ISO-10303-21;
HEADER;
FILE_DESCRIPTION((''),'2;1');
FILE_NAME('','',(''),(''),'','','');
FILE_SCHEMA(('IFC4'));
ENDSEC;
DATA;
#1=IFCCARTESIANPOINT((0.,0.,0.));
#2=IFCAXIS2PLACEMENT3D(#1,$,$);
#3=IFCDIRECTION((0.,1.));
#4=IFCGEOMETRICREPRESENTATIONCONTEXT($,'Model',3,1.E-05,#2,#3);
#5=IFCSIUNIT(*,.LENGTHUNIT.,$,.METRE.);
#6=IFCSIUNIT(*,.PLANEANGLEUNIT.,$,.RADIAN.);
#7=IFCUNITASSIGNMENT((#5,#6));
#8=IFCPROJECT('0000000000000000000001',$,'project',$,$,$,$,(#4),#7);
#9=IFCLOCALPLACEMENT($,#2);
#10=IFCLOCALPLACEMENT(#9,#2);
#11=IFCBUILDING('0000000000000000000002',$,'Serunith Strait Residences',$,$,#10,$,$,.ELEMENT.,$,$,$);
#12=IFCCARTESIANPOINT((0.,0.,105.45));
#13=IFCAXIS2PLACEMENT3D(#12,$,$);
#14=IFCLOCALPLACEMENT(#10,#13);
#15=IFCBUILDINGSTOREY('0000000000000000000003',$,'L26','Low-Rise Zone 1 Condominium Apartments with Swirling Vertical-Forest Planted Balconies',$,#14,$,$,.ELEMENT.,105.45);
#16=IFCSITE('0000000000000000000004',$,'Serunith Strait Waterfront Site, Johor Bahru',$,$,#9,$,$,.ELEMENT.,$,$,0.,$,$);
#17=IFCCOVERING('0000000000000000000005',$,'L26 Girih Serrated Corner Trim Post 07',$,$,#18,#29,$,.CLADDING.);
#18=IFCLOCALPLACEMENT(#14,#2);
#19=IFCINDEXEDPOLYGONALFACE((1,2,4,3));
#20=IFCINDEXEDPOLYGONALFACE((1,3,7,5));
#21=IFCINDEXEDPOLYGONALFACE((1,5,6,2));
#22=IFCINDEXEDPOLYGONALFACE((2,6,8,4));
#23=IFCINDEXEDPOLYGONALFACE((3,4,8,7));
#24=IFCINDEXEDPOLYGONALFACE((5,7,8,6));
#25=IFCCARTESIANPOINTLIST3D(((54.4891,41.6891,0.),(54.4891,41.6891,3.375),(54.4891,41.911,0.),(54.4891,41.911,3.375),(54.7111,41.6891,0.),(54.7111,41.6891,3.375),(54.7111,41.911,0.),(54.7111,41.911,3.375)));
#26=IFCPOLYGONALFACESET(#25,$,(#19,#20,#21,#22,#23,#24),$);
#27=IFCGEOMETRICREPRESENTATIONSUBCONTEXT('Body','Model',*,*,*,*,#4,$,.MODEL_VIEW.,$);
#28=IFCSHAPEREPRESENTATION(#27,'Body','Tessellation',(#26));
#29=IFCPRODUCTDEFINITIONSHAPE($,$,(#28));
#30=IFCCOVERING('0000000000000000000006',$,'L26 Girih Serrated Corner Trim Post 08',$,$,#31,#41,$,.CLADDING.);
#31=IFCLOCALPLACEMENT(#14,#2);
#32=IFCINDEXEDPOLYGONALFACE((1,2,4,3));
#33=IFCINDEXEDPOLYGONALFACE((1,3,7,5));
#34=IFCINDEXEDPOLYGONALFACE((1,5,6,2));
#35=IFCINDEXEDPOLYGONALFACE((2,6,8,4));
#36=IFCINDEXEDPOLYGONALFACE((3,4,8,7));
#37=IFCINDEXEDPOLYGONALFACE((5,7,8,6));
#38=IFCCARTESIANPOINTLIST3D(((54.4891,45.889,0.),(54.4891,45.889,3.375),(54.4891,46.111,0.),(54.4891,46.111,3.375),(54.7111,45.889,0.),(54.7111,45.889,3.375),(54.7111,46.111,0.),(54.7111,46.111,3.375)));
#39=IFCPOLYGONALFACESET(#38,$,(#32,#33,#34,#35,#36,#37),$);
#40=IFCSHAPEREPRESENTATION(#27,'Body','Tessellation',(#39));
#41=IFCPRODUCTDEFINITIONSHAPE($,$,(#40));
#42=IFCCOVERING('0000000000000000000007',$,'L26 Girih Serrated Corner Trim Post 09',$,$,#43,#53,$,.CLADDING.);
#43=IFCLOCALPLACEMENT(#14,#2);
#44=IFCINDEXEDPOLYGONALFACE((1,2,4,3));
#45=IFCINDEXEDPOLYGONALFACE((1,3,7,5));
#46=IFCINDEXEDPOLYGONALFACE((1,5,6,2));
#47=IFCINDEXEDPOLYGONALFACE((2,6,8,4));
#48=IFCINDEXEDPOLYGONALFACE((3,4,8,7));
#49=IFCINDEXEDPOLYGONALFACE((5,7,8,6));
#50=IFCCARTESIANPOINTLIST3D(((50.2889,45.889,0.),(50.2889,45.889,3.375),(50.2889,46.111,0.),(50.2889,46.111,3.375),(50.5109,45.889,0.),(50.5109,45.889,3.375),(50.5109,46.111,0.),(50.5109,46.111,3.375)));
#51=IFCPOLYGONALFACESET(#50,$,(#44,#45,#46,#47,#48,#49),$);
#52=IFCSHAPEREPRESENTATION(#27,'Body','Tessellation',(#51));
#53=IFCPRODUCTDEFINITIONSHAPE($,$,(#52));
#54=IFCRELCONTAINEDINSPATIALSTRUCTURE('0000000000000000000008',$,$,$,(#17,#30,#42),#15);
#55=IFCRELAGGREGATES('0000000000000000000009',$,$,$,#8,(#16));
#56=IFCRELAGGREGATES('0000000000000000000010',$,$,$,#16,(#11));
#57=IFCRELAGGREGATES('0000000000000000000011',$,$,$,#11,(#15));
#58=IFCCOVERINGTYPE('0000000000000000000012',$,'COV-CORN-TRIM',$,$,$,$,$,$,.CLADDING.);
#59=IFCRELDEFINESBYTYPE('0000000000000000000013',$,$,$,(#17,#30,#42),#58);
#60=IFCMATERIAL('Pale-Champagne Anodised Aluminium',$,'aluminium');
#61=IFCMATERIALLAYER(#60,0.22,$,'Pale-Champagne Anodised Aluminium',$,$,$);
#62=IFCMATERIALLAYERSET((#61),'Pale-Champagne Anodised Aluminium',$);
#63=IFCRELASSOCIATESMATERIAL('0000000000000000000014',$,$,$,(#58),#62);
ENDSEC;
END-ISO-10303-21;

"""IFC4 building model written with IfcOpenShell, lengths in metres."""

from ifc_helpers import new_model, si_unit, direction, frame, origin, origin_2d, place, context, subcontext, project, spatial, rectangle, extrude, source, transform, mapped, material, layer, layer_set, type_object, element, save


model = new_model("IFC4")

# Units and contexts
model_context = context("Model", 3, precision=1e-05, world=origin(), true_north=direction((0.0, 1.0)))
body_context = subcontext(model_context, "Body", "Model", "MODEL_VIEW")
ifc_project = project(units=[si_unit("LENGTHUNIT", "METRE"), si_unit("PLANEANGLEUNIT", "RADIAN")], contexts=[model_context])

# Site, building, storey
site_placement = place(None, origin())
site = spatial("IfcSite", under=ifc_project, at=site_placement, Name="Serunith Strait Waterfront Site, Johor Bahru", CompositionType="ELEMENT", RefElevation=0.0)
building_placement = place(site_placement, origin())
building = spatial("IfcBuilding", under=site, at=building_placement, Name="Serunith Strait Residences", CompositionType="ELEMENT")
storey_placement = place(building_placement, frame((0.0, 0.0, 105.45)))
storey = spatial("IfcBuildingStorey", under=building, at=storey_placement, Name="L26", Description="Low-Rise Zone 1 Condominium Apartments with Swirling Vertical-Forest Planted Balconies", CompositionType="ELEMENT", Elevation=105.45)

# Shared definitions
ifc_material_1 = material(Name="Pale-Champagne Anodised Aluminium", Category="aluminium")

# Coverings
ifc_layer_1 = layer(ifc_material_1, 0.22, Name="Pale-Champagne Anodised Aluminium")
ifc_layer_set_1 = layer_set([ifc_layer_1], Name="Pale-Champagne Anodised Aluminium")
covering_type = type_object("IfcCoveringType", Name="COV-CORN-TRIM", PredefinedType="CLADDING", material=ifc_layer_set_1)
shared_shape_1 = source(origin(), body_context, "Body", "SweptSolid", [
    extrude(rectangle(XDim=0.2219, YDim=0.2219, at=origin_2d()), origin(), (0.0, 0.0, 1.0), 3.375),
])
for number, where, z_axis, x_axis, name in (
    (1, (54.6001, 41.8, 0.0), (0.0, 0.0, 1.0), (1.0, 0.0, 0.0), "L26 Girih Serrated Corner Trim Post 07"),
    (2, (54.6001, 46.0, 0.0), (0.0, 0.0, 1.0), (1.0, 0.0, 0.0), "L26 Girih Serrated Corner Trim Post 08"),
    (3, (50.3999, 46.0, 0.0), (0.0, 0.0, 1.0), (1.0, 0.0, 0.0), "L26 Girih Serrated Corner Trim Post 09"),
):
    element("IfcCovering", number, at=place(storey_placement, frame(where, z_axis=z_axis, x_axis=x_axis)), inside=storey, type_object=covering_type, Name=name, PredefinedType="CLADDING", context=body_context, shape_type="MappedRepresentation", body=[
        mapped(shared_shape_1, transform((0.0, 0.0, 0.0), scale=1.0)),
    ])

save(model, "model.ifc")
